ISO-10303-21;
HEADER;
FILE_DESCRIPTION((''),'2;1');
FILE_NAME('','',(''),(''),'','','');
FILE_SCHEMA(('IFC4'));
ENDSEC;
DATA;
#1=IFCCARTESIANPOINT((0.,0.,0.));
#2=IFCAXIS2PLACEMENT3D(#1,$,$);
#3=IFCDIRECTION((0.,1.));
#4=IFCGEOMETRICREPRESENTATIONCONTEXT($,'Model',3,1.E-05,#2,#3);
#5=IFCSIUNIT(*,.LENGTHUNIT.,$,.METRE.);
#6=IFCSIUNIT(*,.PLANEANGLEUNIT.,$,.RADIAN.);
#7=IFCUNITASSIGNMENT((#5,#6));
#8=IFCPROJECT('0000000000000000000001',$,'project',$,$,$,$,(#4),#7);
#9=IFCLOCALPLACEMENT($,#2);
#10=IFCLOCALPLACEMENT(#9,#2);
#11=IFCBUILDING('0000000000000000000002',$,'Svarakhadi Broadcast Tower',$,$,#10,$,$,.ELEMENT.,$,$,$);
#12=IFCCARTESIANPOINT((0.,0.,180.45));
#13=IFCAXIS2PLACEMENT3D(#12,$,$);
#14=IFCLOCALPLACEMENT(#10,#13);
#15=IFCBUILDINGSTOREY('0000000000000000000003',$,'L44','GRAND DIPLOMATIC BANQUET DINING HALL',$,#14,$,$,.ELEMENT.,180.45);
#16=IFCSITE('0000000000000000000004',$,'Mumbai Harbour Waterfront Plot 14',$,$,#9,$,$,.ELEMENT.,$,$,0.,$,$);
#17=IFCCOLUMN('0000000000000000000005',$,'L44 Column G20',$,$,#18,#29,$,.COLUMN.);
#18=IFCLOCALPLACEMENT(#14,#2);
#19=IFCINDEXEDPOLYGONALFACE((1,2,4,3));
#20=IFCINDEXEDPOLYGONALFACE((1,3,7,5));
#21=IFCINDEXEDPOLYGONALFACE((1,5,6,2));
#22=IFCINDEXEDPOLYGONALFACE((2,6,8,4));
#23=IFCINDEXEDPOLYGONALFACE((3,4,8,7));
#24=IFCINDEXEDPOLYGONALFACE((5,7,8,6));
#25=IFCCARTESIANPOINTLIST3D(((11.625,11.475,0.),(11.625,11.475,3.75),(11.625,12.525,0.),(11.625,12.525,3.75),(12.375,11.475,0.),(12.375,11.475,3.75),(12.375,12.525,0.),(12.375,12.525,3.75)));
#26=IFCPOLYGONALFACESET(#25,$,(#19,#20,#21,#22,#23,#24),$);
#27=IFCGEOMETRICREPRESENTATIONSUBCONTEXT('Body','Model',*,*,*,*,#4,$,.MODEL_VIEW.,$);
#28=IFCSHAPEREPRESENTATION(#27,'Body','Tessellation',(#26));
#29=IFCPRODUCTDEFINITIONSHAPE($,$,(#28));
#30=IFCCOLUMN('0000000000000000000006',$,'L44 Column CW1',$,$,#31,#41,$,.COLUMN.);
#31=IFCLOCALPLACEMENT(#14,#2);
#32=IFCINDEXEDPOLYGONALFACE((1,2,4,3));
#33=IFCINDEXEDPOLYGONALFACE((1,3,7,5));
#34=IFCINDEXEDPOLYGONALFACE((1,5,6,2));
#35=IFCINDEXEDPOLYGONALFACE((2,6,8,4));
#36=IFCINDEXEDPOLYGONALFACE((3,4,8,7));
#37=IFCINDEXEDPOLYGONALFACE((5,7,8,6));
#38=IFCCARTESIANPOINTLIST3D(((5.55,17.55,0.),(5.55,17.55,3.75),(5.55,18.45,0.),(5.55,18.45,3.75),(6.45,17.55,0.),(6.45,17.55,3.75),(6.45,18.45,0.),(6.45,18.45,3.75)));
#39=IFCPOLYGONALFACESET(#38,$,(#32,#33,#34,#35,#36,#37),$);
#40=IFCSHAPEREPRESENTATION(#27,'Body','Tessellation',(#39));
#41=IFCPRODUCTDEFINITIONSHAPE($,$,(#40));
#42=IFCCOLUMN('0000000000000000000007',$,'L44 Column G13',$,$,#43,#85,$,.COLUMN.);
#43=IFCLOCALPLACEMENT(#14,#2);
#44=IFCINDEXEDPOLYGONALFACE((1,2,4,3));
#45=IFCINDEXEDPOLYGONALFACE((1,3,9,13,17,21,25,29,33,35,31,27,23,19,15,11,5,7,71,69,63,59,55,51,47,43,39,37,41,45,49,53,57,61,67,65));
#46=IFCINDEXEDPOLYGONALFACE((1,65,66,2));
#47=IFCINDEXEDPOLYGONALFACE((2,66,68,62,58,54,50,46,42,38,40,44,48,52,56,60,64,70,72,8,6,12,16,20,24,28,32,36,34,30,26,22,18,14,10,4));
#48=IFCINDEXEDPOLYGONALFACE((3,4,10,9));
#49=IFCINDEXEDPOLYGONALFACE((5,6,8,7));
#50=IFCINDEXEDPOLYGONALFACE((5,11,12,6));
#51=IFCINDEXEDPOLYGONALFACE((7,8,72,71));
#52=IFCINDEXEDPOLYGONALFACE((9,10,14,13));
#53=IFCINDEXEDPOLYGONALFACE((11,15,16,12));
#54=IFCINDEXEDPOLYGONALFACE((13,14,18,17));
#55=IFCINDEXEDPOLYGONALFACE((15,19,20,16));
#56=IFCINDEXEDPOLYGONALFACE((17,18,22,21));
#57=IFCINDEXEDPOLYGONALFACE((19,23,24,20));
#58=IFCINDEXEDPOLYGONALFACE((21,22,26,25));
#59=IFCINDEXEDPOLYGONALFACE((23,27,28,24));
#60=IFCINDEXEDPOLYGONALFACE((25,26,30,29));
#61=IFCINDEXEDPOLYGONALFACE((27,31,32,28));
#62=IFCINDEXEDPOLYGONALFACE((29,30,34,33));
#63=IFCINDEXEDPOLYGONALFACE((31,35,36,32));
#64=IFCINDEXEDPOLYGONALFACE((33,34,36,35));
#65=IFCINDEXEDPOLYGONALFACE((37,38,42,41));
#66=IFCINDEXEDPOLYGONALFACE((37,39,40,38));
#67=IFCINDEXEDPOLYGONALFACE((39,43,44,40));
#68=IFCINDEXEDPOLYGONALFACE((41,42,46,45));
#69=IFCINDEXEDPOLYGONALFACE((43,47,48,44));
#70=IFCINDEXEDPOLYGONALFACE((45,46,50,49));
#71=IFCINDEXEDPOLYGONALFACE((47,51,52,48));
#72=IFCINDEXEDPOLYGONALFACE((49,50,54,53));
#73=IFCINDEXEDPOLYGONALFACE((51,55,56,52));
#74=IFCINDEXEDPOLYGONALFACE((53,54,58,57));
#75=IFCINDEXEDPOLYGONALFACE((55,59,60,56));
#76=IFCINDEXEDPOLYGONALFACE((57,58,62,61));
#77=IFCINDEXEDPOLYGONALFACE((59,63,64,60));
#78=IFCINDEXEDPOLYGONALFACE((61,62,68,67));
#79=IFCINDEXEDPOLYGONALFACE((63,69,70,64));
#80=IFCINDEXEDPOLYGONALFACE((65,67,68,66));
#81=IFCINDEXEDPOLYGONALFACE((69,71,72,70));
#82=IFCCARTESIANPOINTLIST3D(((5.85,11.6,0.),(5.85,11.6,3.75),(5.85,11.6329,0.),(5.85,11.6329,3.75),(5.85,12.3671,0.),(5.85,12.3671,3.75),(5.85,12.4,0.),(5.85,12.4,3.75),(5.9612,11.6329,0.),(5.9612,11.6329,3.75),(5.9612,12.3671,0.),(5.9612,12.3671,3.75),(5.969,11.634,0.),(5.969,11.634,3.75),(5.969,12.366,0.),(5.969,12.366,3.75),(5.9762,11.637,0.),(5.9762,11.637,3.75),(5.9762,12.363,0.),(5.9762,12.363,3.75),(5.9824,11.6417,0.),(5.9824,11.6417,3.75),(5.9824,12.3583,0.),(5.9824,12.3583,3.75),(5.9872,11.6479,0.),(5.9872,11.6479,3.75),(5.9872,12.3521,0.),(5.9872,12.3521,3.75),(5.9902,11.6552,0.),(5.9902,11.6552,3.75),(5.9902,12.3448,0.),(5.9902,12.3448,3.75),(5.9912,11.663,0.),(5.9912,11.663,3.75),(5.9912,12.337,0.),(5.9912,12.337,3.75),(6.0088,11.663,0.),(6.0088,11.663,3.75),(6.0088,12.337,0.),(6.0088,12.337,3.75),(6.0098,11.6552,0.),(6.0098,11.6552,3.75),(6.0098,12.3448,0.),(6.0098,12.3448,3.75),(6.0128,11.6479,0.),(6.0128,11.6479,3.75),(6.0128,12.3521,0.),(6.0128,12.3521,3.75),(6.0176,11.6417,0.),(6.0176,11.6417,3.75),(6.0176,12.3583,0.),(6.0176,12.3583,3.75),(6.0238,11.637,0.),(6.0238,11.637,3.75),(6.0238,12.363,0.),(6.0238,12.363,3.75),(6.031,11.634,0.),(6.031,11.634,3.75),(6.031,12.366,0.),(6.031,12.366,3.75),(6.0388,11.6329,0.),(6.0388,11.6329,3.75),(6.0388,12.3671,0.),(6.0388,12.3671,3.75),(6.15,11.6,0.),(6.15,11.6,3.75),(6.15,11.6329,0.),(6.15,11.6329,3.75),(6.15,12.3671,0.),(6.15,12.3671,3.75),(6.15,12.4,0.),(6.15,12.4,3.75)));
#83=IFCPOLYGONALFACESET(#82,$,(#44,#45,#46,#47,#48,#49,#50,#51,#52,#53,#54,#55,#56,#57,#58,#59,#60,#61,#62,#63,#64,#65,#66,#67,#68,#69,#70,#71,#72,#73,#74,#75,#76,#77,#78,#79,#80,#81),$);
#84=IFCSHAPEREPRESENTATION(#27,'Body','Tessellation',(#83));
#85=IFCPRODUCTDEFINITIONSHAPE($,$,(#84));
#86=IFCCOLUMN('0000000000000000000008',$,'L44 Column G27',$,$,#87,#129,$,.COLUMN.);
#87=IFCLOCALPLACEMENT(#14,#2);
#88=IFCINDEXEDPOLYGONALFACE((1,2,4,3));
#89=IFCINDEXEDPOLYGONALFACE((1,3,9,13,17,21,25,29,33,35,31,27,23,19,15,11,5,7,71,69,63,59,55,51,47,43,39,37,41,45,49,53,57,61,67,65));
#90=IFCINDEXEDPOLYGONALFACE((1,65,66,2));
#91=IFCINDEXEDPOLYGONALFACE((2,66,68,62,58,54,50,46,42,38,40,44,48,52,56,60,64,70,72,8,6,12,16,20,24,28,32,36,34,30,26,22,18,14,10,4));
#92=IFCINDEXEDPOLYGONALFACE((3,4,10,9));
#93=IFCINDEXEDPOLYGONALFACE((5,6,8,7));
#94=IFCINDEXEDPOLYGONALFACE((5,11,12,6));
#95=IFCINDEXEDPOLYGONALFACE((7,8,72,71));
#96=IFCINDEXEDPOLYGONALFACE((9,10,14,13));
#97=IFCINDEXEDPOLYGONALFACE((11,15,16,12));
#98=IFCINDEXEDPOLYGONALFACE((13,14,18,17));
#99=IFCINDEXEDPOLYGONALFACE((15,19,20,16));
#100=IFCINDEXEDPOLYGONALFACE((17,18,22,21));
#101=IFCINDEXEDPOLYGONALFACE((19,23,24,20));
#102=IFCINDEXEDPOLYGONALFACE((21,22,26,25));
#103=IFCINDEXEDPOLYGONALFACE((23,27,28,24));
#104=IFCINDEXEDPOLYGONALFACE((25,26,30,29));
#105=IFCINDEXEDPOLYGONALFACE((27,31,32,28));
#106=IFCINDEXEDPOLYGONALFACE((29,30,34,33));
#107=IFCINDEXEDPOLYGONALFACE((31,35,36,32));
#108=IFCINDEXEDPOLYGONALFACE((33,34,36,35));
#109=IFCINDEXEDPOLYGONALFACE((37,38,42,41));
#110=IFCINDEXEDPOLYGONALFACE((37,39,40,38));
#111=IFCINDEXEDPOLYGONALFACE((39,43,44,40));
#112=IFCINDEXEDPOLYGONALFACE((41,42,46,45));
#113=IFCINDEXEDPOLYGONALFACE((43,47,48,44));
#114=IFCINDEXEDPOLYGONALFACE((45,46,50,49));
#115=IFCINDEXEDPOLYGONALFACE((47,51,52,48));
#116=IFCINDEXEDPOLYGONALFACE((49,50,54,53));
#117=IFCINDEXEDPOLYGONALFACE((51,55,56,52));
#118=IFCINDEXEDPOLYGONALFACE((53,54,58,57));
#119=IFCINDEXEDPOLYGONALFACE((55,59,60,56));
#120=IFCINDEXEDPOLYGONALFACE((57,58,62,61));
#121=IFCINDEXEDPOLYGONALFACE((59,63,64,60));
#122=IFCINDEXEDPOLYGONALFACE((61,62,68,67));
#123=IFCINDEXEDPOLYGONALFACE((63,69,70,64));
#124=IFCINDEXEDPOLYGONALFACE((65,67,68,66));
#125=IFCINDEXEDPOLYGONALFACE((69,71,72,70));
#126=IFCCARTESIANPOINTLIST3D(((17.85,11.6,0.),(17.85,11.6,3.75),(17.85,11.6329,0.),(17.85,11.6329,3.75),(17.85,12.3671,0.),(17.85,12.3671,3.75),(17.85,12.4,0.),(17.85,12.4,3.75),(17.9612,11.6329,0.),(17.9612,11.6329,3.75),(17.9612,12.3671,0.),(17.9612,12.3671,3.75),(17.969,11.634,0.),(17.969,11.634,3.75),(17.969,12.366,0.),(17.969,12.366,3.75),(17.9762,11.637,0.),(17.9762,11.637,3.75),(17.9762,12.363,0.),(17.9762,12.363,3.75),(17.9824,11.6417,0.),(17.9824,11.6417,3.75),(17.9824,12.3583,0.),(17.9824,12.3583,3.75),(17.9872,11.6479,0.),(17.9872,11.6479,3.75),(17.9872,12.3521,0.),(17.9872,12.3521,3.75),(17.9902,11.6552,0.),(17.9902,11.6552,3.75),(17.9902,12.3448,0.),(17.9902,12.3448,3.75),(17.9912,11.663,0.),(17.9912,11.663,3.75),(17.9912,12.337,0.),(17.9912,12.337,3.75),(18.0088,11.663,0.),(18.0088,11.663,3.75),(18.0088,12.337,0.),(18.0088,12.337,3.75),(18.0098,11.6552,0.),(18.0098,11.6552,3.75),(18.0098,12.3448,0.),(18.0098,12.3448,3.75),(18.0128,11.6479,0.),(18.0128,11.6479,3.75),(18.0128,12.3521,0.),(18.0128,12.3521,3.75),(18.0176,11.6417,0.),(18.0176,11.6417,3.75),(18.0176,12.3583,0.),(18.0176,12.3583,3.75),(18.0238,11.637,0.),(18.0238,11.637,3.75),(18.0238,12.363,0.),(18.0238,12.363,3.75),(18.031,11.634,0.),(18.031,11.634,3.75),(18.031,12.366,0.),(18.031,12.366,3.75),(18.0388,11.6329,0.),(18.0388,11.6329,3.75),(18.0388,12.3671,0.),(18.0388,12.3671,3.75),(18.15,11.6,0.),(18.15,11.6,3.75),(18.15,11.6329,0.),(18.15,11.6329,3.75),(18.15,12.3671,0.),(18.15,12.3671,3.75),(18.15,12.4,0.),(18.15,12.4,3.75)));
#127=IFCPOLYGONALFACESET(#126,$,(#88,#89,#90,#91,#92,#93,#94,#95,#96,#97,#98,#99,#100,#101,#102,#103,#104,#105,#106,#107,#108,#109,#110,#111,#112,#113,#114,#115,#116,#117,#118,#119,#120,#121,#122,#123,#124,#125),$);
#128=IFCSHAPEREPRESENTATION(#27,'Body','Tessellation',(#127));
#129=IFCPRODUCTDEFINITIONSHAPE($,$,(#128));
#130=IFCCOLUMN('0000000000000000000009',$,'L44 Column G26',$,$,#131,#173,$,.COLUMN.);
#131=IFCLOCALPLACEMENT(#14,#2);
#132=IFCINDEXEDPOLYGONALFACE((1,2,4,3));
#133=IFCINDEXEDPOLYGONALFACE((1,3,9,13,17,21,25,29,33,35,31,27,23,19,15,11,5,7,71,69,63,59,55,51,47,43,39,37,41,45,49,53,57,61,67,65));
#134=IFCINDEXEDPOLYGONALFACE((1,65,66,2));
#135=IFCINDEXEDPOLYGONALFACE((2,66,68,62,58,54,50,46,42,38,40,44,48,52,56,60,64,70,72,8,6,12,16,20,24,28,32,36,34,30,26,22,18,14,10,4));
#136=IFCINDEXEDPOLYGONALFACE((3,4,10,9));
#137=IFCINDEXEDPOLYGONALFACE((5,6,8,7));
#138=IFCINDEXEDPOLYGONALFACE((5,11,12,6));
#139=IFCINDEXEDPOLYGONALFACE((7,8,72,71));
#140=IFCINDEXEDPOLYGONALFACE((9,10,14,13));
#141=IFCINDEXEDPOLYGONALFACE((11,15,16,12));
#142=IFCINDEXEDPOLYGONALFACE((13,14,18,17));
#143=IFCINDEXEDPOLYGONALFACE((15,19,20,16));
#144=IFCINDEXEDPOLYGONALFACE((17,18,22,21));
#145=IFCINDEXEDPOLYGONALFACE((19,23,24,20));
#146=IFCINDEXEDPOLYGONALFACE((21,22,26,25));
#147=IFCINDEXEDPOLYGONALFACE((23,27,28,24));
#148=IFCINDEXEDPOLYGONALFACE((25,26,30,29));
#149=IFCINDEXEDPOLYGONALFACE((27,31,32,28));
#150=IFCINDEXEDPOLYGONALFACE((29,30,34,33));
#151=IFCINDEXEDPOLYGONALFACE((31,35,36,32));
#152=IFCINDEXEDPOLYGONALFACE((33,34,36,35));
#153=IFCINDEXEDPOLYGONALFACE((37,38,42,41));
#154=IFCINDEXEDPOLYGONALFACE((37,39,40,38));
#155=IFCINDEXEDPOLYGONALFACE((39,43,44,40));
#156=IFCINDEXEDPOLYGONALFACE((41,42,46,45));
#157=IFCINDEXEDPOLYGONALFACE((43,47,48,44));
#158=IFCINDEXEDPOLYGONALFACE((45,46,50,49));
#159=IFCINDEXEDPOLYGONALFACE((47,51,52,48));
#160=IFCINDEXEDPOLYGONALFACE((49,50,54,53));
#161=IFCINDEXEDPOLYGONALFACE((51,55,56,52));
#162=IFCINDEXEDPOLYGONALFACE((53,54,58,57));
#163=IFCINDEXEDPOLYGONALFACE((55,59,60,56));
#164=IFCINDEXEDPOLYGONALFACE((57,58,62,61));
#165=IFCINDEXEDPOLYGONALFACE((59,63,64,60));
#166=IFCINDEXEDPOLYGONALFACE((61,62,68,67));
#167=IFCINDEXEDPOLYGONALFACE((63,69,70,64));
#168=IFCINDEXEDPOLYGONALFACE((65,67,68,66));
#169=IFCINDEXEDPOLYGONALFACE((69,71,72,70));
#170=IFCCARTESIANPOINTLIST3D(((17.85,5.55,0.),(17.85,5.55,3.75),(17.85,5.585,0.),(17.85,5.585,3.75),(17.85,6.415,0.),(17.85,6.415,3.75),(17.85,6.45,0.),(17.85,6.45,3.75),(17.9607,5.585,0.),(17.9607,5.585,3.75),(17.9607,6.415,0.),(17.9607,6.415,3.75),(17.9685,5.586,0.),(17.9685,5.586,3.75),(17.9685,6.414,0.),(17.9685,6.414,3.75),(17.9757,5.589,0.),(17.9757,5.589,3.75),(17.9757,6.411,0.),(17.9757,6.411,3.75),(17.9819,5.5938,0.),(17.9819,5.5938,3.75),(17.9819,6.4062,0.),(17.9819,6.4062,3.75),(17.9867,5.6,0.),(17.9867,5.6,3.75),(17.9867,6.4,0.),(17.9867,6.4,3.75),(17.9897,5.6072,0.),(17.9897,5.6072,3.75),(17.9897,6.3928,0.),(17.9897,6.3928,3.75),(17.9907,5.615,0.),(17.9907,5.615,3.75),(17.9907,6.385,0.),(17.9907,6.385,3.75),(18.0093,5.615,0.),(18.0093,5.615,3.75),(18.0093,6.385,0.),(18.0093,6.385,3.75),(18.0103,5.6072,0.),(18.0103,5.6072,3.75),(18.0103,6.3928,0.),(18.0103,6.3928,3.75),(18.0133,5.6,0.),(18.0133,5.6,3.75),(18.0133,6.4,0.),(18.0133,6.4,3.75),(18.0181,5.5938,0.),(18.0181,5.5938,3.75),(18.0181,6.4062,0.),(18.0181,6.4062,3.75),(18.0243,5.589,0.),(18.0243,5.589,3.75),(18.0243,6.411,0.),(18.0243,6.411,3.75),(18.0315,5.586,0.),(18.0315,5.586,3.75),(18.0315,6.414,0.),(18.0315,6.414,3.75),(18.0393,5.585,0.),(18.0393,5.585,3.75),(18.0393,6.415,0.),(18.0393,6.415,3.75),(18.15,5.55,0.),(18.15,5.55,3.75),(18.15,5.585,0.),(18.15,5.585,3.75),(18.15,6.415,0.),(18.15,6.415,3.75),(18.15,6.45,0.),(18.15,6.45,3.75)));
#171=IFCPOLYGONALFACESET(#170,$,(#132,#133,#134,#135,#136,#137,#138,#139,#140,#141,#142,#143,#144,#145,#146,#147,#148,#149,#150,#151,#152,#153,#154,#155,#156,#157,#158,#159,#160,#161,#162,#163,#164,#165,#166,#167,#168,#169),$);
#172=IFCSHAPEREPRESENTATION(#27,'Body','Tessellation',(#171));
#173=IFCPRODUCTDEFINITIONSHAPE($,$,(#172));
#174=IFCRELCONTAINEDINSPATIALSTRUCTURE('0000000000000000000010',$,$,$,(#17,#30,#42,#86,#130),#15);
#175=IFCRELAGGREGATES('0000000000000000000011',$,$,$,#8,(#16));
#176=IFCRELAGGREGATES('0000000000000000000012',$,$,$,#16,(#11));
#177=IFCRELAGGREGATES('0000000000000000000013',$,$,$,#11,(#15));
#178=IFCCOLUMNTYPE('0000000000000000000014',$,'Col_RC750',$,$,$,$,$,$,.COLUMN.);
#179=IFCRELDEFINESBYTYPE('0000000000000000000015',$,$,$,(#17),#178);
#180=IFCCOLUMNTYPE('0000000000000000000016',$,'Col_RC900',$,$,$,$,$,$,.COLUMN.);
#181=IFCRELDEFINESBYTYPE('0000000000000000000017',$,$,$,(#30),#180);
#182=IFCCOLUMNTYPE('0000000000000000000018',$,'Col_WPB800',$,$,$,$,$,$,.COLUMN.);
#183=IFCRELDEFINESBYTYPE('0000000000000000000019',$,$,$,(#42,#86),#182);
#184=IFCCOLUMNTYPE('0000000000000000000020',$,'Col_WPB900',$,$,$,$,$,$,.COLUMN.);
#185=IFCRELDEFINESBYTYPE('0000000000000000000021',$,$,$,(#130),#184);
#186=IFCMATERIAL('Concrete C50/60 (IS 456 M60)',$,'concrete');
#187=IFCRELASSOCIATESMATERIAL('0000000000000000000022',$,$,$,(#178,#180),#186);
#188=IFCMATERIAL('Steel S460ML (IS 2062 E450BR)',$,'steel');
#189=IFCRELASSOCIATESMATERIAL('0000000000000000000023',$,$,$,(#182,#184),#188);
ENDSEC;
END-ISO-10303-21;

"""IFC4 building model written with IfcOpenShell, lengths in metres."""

from ifc_helpers import new_model, si_unit, direction, frame, origin, origin_2d, place, context, subcontext, project, spatial, rectangle, i_section, extrude, material, material_profile, profile_set, type_object, element, save


model = new_model("IFC4")

# Units and contexts
model_context = context("Model", 3, precision=1e-05, world=origin(), true_north=direction((0.0, 1.0)))
body_context = subcontext(model_context, "Body", "Model", "MODEL_VIEW")
ifc_project = project(units=[si_unit("LENGTHUNIT", "METRE"), si_unit("PLANEANGLEUNIT", "RADIAN")], contexts=[model_context])

# Site, building, storey
site_placement = place(None, origin())
site = spatial("IfcSite", under=ifc_project, at=site_placement, Name="Mumbai Harbour Waterfront Plot 14", CompositionType="ELEMENT", RefElevation=0.0)
building_placement = place(site_placement, origin())
building = spatial("IfcBuilding", under=site, at=building_placement, Name="Svarakhadi Broadcast Tower", CompositionType="ELEMENT")
storey_placement = place(building_placement, frame((0.0, 0.0, 180.45)))
storey = spatial("IfcBuildingStorey", under=building, at=storey_placement, Name="L44", Description="GRAND DIPLOMATIC BANQUET DINING HALL", CompositionType="ELEMENT", Elevation=180.45)

# Columns
ifc_material_1 = material(Name="Concrete C50/60 (IS 456 M60)", Category="concrete")
ifc_material_profile_1 = material_profile(ifc_material_1, rectangle(XDim=0.75, YDim=1.05, at=origin_2d()), Name="RC 750x1050")
ifc_profile_set_1 = profile_set([ifc_material_profile_1], Name="Concrete C50/60 (IS 456 M60)")
column_type_1 = type_object("IfcColumnType", Name="Col_RC750", PredefinedType="COLUMN", material=ifc_profile_set_1)
column_1_placement = place(storey_placement, frame((12.0, 12.0, 0.0), z_axis=(0.0, 0.0, 1.0), x_axis=(1.0, 0.0, 0.0)))
element("IfcColumn", 1, at=column_1_placement, inside=storey, type_object=column_type_1, Name="L44 Column G20", PredefinedType="COLUMN", context=body_context, shape_type="SweptSolid", body=[
    extrude(rectangle(XDim=0.75, YDim=1.05, at=origin_2d()), origin(), (0.0, 0.0, 1.0), 3.75),
])
ifc_material_profile_2 = material_profile(ifc_material_1, rectangle(XDim=0.8999, YDim=0.8999, at=origin_2d()), Name="RC 900x900")
ifc_profile_set_2 = profile_set([ifc_material_profile_2], Name="Concrete C50/60 (IS 456 M60)")
column_type_2 = type_object("IfcColumnType", Name="Col_RC900", PredefinedType="COLUMN", material=ifc_profile_set_2)
column_2_placement = place(storey_placement, frame((6.0, 18.0, 0.0), z_axis=(0.0, 0.0, 1.0), x_axis=(1.0, 0.0, 0.0)))
element("IfcColumn", 2, at=column_2_placement, inside=storey, type_object=column_type_2, Name="L44 Column CW1", PredefinedType="COLUMN", context=body_context, shape_type="SweptSolid", body=[
    extrude(rectangle(XDim=0.8999, YDim=0.8999, at=origin_2d()), origin(), (0.0, 0.0, 1.0), 3.75),
])
ifc_material_2 = material(Name="Steel S460ML (IS 2062 E450BR)", Category="steel")
ifc_material_profile_3 = material_profile(ifc_material_2, i_section(OverallWidth=0.3, OverallDepth=0.8, WebThickness=0.0176, FlangeThickness=0.033, FilletRadius=0.03, at=origin_2d()), Name="WPB 800x300x262")
ifc_profile_set_3 = profile_set([ifc_material_profile_3], Name="Steel S460ML (IS 2062 E450BR)")
column_type_3 = type_object("IfcColumnType", Name="Col_WPB800", PredefinedType="COLUMN", material=ifc_profile_set_3)
for number, where, z_axis, x_axis, name in (
    (3, (6.0, 12.0, 0.0), (0.0, 0.0, 1.0), (1.0, 0.0, 0.0), "L44 Column G13"),
    (4, (18.0, 12.0, 0.0), (0.0, 0.0, 1.0), (1.0, 0.0, 0.0), "L44 Column G27"),
):
    element("IfcColumn", number, at=place(storey_placement, frame(where, z_axis=z_axis, x_axis=x_axis)), inside=storey, type_object=column_type_3, Name=name, PredefinedType="COLUMN", context=body_context, shape_type="SweptSolid", body=[
        extrude(i_section(OverallWidth=0.3, OverallDepth=0.8, WebThickness=0.0176, FlangeThickness=0.033, FilletRadius=0.03, at=origin_2d()), origin(), (0.0, 0.0, 1.0), 3.75),
    ])
ifc_material_profile_4 = material_profile(ifc_material_2, i_section(OverallWidth=0.3, OverallDepth=0.8999, WebThickness=0.0186, FlangeThickness=0.0349, FilletRadius=0.03, at=origin_2d()), Name="WPB 900x300x291")
ifc_profile_set_4 = profile_set([ifc_material_profile_4], Name="Steel S460ML (IS 2062 E450BR)")
column_type_4 = type_object("IfcColumnType", Name="Col_WPB900", PredefinedType="COLUMN", material=ifc_profile_set_4)
column_3_placement = place(storey_placement, frame((18.0, 6.0, 0.0), z_axis=(0.0, 0.0, 1.0), x_axis=(1.0, 0.0, 0.0)))
element("IfcColumn", 5, at=column_3_placement, inside=storey, type_object=column_type_4, Name="L44 Column G26", PredefinedType="COLUMN", context=body_context, shape_type="SweptSolid", body=[
    extrude(i_section(OverallWidth=0.3, OverallDepth=0.8999, WebThickness=0.0186, FlangeThickness=0.0349, FilletRadius=0.03, at=origin_2d()), origin(), (0.0, 0.0, 1.0), 3.75),
])

save(model, "model.ifc")
